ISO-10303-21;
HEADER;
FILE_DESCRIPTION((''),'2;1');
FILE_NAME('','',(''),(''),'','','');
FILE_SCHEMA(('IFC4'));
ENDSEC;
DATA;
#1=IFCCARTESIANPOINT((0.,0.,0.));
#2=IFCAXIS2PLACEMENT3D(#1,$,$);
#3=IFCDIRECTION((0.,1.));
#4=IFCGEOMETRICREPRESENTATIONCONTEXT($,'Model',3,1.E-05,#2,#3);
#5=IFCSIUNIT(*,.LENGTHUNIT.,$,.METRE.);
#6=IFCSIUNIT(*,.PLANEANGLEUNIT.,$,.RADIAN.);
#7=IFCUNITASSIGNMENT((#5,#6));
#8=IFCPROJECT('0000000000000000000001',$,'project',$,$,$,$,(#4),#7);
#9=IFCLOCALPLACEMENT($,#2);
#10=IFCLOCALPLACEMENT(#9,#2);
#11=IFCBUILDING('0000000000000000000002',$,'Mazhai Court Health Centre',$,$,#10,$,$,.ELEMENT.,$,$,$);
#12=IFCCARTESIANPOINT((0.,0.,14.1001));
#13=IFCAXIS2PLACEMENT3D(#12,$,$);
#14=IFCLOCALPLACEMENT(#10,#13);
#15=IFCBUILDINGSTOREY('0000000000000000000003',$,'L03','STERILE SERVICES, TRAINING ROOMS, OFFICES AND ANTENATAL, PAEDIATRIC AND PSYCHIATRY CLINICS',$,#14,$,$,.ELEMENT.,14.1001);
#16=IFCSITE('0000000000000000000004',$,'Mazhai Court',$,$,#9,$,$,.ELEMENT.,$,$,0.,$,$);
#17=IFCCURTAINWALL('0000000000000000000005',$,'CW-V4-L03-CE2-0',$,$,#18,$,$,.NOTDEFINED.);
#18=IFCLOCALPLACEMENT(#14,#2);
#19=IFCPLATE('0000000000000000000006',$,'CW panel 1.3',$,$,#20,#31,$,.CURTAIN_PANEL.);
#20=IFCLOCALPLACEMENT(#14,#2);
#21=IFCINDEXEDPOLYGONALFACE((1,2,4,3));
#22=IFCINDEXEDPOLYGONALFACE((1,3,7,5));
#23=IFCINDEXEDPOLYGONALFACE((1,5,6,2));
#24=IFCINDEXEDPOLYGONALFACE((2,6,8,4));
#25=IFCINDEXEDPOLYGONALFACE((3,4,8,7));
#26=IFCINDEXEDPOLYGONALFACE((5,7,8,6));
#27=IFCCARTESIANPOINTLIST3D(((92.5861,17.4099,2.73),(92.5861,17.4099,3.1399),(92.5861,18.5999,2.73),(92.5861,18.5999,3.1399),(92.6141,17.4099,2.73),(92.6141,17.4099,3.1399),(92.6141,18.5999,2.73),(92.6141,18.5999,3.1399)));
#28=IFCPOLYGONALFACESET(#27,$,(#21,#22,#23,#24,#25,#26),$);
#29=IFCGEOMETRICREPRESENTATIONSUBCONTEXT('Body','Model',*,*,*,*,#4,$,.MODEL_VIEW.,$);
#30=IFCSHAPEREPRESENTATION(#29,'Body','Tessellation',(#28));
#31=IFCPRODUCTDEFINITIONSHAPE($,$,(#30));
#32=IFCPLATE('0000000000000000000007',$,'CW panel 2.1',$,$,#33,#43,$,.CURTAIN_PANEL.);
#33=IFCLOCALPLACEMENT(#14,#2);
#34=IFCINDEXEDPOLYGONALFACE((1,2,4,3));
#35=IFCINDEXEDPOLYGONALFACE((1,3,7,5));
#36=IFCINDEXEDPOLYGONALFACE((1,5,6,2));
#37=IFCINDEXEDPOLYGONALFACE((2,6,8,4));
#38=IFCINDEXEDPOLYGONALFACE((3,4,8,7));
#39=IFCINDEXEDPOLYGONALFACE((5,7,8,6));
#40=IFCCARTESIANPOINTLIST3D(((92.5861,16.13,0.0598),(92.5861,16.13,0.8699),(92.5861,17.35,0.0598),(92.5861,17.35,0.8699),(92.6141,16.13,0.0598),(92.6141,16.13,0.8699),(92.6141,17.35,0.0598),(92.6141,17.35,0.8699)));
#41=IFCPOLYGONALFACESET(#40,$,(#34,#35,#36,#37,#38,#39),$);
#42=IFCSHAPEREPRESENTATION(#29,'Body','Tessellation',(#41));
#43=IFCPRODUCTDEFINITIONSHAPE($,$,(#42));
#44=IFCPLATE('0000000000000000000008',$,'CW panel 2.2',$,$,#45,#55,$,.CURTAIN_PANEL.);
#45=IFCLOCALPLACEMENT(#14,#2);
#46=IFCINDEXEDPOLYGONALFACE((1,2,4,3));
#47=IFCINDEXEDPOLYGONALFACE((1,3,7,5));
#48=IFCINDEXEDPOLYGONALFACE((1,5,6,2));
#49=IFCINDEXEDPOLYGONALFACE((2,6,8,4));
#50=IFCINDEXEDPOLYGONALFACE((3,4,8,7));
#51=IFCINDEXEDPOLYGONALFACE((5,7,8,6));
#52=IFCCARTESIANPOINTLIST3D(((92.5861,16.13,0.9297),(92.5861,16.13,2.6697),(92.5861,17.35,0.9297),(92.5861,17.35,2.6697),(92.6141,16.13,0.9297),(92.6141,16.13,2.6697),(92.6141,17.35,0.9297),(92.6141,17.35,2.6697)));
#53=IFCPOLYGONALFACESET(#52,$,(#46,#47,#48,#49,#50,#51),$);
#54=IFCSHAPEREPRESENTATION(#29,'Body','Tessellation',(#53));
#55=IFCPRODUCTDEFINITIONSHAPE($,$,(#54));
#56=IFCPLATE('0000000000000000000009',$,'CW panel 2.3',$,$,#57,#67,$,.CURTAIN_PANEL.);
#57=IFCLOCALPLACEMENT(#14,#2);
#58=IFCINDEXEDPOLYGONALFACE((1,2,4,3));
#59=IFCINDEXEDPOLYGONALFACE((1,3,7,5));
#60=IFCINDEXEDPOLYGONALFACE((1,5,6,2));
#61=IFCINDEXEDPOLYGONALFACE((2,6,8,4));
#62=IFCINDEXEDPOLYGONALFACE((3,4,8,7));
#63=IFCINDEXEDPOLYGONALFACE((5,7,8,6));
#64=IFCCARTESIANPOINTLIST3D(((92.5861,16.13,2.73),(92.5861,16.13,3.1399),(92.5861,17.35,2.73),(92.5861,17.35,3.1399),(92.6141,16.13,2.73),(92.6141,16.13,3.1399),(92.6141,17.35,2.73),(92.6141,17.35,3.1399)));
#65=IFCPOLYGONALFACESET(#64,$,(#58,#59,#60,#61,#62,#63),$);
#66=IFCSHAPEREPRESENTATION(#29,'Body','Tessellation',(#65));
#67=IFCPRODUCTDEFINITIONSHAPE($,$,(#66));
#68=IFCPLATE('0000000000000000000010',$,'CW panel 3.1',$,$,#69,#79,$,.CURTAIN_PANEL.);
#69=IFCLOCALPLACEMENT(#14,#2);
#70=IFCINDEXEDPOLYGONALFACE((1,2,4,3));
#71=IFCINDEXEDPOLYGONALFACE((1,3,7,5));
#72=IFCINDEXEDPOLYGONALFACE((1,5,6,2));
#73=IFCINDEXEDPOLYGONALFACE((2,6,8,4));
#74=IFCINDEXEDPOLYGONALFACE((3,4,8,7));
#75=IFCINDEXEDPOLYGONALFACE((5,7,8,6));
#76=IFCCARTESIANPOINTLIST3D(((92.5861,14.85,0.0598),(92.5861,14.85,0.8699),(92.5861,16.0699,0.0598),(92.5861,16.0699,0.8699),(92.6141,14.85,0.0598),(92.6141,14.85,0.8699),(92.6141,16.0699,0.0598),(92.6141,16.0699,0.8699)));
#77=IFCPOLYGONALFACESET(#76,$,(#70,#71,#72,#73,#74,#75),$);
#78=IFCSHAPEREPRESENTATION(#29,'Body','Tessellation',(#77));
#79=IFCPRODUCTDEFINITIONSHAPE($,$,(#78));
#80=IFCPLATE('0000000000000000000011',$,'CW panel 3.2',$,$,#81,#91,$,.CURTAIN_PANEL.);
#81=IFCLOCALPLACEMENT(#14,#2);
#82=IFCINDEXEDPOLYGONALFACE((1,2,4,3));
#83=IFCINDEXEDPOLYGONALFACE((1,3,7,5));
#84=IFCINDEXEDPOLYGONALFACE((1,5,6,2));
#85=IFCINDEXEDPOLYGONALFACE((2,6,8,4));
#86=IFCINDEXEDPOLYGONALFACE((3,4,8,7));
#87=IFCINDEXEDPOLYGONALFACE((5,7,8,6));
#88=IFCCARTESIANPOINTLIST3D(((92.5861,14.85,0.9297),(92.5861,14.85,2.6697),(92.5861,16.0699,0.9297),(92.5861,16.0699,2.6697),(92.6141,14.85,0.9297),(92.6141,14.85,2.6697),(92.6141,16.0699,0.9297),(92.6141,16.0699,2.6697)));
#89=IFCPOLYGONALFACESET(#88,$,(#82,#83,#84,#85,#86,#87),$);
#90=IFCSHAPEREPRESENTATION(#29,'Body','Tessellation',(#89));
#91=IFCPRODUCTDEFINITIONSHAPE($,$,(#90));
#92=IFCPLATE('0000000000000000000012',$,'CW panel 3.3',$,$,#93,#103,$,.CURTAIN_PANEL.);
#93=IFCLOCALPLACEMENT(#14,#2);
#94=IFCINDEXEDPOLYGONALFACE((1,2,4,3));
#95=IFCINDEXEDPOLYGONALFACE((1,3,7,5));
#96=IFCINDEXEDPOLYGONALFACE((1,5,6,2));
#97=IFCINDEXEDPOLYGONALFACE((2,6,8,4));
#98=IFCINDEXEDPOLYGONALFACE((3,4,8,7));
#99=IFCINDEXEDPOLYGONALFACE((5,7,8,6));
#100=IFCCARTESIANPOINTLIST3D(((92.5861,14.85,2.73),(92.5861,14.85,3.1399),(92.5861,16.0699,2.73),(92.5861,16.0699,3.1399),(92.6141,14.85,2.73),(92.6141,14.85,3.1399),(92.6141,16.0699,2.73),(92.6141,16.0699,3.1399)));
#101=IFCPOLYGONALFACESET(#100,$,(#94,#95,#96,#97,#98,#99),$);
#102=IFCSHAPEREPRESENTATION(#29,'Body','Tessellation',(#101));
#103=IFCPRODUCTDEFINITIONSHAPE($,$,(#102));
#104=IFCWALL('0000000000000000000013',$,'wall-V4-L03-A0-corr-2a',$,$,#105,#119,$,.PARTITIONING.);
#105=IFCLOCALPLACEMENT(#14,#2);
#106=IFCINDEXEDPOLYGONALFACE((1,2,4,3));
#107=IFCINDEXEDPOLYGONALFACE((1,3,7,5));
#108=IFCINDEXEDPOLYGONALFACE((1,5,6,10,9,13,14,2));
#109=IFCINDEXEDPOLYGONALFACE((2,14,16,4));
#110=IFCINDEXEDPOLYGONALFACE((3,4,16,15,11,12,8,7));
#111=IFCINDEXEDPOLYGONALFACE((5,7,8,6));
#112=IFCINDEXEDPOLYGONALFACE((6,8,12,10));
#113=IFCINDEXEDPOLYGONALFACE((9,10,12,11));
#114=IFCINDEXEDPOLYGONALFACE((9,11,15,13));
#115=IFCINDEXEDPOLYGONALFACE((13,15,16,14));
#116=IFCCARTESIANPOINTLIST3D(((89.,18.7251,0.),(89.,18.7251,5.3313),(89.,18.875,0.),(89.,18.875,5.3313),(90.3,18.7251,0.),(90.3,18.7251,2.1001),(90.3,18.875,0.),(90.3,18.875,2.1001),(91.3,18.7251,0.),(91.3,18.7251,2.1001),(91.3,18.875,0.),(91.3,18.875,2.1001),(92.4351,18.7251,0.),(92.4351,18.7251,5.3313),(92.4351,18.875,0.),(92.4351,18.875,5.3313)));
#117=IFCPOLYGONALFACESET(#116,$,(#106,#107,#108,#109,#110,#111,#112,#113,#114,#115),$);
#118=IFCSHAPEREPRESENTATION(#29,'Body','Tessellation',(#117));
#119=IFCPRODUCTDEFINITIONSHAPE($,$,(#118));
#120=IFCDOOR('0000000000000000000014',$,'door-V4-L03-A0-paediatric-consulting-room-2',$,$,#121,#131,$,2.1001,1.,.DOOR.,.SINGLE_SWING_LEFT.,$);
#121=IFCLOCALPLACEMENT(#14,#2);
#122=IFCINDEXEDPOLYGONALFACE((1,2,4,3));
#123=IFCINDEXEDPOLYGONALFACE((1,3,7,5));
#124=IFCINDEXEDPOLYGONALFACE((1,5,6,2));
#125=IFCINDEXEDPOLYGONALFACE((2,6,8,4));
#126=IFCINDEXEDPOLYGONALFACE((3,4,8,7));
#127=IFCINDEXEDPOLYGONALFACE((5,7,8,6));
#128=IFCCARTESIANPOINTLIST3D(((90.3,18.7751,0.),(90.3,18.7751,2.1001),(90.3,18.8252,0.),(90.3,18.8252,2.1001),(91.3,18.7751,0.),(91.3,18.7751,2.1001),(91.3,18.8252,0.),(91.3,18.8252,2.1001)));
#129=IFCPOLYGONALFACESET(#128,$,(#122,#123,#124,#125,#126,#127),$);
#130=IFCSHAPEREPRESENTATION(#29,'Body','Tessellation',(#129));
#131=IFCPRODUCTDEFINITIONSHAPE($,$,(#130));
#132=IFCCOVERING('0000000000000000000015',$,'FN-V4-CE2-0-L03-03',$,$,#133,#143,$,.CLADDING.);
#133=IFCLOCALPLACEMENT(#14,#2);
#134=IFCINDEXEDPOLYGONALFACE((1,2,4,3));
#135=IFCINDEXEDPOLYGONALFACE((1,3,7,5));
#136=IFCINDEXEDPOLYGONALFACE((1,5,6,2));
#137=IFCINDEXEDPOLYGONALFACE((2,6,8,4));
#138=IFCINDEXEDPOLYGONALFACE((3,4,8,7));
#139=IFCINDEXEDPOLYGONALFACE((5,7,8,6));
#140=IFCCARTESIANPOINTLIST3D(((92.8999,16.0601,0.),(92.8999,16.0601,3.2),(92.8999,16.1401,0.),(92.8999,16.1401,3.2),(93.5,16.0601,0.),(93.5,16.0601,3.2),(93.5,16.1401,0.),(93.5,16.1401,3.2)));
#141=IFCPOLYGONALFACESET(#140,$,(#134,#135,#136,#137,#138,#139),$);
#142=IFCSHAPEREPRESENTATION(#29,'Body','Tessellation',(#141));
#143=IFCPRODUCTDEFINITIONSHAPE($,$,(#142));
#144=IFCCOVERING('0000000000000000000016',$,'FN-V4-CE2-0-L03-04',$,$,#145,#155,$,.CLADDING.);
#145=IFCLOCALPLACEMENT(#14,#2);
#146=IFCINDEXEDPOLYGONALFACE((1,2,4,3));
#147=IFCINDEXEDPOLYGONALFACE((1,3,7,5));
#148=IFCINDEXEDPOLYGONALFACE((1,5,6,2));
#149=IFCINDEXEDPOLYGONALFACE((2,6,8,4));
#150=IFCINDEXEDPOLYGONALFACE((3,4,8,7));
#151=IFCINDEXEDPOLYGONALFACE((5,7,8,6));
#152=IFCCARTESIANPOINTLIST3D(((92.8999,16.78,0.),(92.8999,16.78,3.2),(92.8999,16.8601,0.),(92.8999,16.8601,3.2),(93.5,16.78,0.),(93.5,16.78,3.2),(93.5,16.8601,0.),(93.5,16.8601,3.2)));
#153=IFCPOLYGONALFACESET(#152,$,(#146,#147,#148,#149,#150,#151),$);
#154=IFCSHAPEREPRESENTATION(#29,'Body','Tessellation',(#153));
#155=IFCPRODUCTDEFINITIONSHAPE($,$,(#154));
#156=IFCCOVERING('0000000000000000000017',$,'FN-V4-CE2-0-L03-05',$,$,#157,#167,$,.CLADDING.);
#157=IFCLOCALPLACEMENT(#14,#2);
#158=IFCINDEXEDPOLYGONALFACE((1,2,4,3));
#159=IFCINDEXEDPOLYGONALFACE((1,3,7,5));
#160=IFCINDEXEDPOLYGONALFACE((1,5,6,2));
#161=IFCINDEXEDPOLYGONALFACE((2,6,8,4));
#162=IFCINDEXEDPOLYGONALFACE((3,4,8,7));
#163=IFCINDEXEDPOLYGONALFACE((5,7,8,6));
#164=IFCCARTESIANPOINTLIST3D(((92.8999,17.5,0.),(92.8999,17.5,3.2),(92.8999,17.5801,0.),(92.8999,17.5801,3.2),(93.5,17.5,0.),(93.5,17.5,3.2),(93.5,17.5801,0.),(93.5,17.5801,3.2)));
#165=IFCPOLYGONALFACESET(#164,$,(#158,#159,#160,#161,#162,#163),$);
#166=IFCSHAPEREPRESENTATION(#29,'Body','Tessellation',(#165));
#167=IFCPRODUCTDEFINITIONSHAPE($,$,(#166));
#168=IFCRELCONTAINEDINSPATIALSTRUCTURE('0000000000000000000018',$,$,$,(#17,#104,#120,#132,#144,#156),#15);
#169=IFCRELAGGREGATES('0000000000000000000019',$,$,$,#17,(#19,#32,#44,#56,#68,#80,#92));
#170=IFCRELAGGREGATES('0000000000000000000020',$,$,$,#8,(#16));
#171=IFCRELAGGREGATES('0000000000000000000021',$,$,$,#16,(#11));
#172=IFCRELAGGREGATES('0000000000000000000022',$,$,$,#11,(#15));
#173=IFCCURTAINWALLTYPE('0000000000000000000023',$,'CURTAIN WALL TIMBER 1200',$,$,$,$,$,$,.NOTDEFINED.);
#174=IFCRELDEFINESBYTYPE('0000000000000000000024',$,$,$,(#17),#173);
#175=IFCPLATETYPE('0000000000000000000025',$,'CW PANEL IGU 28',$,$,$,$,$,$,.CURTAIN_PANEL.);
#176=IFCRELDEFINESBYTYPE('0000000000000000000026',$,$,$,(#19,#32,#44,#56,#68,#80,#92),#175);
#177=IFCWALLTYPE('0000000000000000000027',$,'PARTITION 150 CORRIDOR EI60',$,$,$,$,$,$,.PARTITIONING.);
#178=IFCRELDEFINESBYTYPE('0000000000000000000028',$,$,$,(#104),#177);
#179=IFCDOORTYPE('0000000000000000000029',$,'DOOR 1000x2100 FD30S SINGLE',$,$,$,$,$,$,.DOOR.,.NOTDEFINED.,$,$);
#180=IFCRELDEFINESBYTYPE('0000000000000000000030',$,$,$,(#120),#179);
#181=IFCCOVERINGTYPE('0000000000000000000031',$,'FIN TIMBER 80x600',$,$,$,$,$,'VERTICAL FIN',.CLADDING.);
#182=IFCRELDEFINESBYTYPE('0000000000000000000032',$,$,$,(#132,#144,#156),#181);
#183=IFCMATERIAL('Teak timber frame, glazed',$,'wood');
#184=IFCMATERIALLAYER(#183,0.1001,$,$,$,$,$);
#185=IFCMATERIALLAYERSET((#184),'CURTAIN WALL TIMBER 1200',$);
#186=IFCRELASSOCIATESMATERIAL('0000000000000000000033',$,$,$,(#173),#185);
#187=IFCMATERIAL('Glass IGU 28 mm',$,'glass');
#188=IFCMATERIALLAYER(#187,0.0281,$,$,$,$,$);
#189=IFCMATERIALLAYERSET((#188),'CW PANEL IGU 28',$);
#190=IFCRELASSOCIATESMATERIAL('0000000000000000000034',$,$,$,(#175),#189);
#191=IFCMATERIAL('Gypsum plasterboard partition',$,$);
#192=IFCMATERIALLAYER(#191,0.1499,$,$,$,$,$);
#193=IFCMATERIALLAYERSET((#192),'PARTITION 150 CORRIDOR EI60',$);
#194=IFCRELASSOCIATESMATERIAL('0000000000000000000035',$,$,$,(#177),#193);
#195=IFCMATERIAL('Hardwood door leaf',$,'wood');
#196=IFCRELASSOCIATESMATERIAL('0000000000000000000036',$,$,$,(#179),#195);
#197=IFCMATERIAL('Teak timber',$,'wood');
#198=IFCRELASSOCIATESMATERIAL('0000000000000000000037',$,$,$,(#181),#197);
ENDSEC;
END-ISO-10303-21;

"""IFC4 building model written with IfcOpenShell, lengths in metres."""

from ifc_helpers import new_model, si_unit, direction, frame, frame_2d, origin, origin_2d, place, context, subcontext, project, spatial, rectangle, extrude, material, layer, layer_set, type_object, element, fill, aggregate, save


model = new_model("IFC4")

# Units and contexts
model_context = context("Model", 3, precision=1e-05, world=origin(), true_north=direction((0.0, 1.0)))
body_context = subcontext(model_context, "Body", "Model", "MODEL_VIEW")
ifc_project = project(units=[si_unit("LENGTHUNIT", "METRE"), si_unit("PLANEANGLEUNIT", "RADIAN")], contexts=[model_context])

# Site, building, storey
site_placement = place(None, origin())
site = spatial("IfcSite", under=ifc_project, at=site_placement, Name="Mazhai Court", CompositionType="ELEMENT", RefElevation=0.0)
building_placement = place(site_placement, origin())
building = spatial("IfcBuilding", under=site, at=building_placement, Name="Mazhai Court Health Centre", CompositionType="ELEMENT")
storey_placement = place(building_placement, frame((0.0, 0.0, 14.1001)))
storey = spatial("IfcBuildingStorey", under=building, at=storey_placement, Name="L03", Description="STERILE SERVICES, TRAINING ROOMS, OFFICES AND ANTENATAL, PAEDIATRIC AND PSYCHIATRY CLINICS", CompositionType="ELEMENT", Elevation=14.1001)

# Curtain wall
ifc_material_1 = material(Name="Teak timber frame, glazed", Category="wood")
ifc_layer_1 = layer(ifc_material_1, 0.1001)
ifc_layer_set_1 = layer_set([ifc_layer_1], Name="CURTAIN WALL TIMBER 1200")
curtain_wall_type = type_object("IfcCurtainWallType", Name="CURTAIN WALL TIMBER 1200", PredefinedType="NOTDEFINED", material=ifc_layer_set_1)
curtain_wall_1_placement = place(storey_placement, origin())
curtain_wall_1 = element("IfcCurtainWall", 1, at=curtain_wall_1_placement, inside=storey, type_object=curtain_wall_type, Name="CW-V4-L03-CE2-0", PredefinedType="NOTDEFINED")

# Plates
ifc_material_2 = material(Name="Glass IGU 28 mm", Category="glass")
ifc_layer_2 = layer(ifc_material_2, 0.0281)
ifc_layer_set_2 = layer_set([ifc_layer_2], Name="CW PANEL IGU 28")
plate_type = type_object("IfcPlateType", Name="CW PANEL IGU 28", PredefinedType="CURTAIN_PANEL", material=ifc_layer_set_2)
plate_1_placement = place(storey_placement, frame((92.6001, 18.0049, 2.73), z_axis=(0.0, 0.0, 1.0), x_axis=(0.0, -1.0, 0.0)))
plate_1 = element("IfcPlate", 2, at=plate_1_placement, type_object=plate_type, Name="CW panel 1.3", PredefinedType="CURTAIN_PANEL", context=body_context, shape_type="SweptSolid", body=[
    extrude(rectangle(XDim=1.1899, YDim=0.0281, at=origin_2d()), origin(), (0.0, 0.0, 1.0), 0.4099),
])
plate_2_placement = place(storey_placement, frame((92.6001, 16.74, 0.0598), z_axis=(0.0, 0.0, 1.0), x_axis=(0.0, -1.0, 0.0)))
plate_2 = element("IfcPlate", 3, at=plate_2_placement, type_object=plate_type, Name="CW panel 2.1", PredefinedType="CURTAIN_PANEL", context=body_context, shape_type="SweptSolid", body=[
    extrude(rectangle(XDim=1.22, YDim=0.0281, at=origin_2d()), origin(), (0.0, 0.0, 1.0), 0.8101),
])
plate_3_placement = place(storey_placement, frame((92.6001, 16.74, 0.9297), z_axis=(0.0, 0.0, 1.0), x_axis=(0.0, -1.0, 0.0)))
plate_3 = element("IfcPlate", 4, at=plate_3_placement, type_object=plate_type, Name="CW panel 2.2", PredefinedType="CURTAIN_PANEL", context=body_context, shape_type="SweptSolid", body=[
    extrude(rectangle(XDim=1.22, YDim=0.0281, at=origin_2d()), origin(), (0.0, 0.0, 1.0), 1.74),
])
plate_4_placement = place(storey_placement, frame((92.6001, 16.74, 2.73), z_axis=(0.0, 0.0, 1.0), x_axis=(0.0, -1.0, 0.0)))
plate_4 = element("IfcPlate", 5, at=plate_4_placement, type_object=plate_type, Name="CW panel 2.3", PredefinedType="CURTAIN_PANEL", context=body_context, shape_type="SweptSolid", body=[
    extrude(rectangle(XDim=1.22, YDim=0.0281, at=origin_2d()), origin(), (0.0, 0.0, 1.0), 0.4099),
])
plate_5_placement = place(storey_placement, frame((92.6001, 15.46, 0.0598), z_axis=(0.0, 0.0, 1.0), x_axis=(0.0, -1.0, 0.0)))
plate_5 = element("IfcPlate", 6, at=plate_5_placement, type_object=plate_type, Name="CW panel 3.1", PredefinedType="CURTAIN_PANEL", context=body_context, shape_type="SweptSolid", body=[
    extrude(rectangle(XDim=1.22, YDim=0.0281, at=origin_2d()), origin(), (0.0, 0.0, 1.0), 0.8101),
])
plate_6_placement = place(storey_placement, frame((92.6001, 15.46, 0.9297), z_axis=(0.0, 0.0, 1.0), x_axis=(0.0, -1.0, 0.0)))
plate_6 = element("IfcPlate", 7, at=plate_6_placement, type_object=plate_type, Name="CW panel 3.2", PredefinedType="CURTAIN_PANEL", context=body_context, shape_type="SweptSolid", body=[
    extrude(rectangle(XDim=1.22, YDim=0.0281, at=origin_2d()), origin(), (0.0, 0.0, 1.0), 1.74),
])
plate_7_placement = place(storey_placement, frame((92.6001, 15.46, 2.73), z_axis=(0.0, 0.0, 1.0), x_axis=(0.0, -1.0, 0.0)))
plate_7 = element("IfcPlate", 8, at=plate_7_placement, type_object=plate_type, Name="CW panel 3.3", PredefinedType="CURTAIN_PANEL", context=body_context, shape_type="SweptSolid", body=[
    extrude(rectangle(XDim=1.22, YDim=0.0281, at=origin_2d()), origin(), (0.0, 0.0, 1.0), 0.4099),
])
aggregate(curtain_wall_1, [plate_1, plate_2, plate_3, plate_4, plate_5, plate_6, plate_7])

# Wall, opening, door
ifc_material_3 = material(Name="Gypsum plasterboard partition")
ifc_layer_3 = layer(ifc_material_3, 0.1499)
ifc_layer_set_3 = layer_set([ifc_layer_3], Name="PARTITION 150 CORRIDOR EI60")
wall_type = type_object("IfcWallType", Name="PARTITION 150 CORRIDOR EI60", PredefinedType="PARTITIONING", material=ifc_layer_set_3)
wall_placement = place(storey_placement, frame((92.4351, 18.8, 0.0), z_axis=(0.0, 0.0, 1.0), x_axis=(-1.0, 0.0, 0.0)))
wall = element("IfcWall", 9, at=wall_placement, inside=storey, type_object=wall_type, Name="wall-V4-L03-A0-corr-2a", PredefinedType="PARTITIONING", context=body_context, shape_type="SweptSolid", body=[
    extrude(rectangle(XDim=3.4351, YDim=0.1499, at=frame_2d((1.7175, 0.0))), origin(), (0.0, 0.0, 1.0), 5.3313),
])
opening_placement = place(wall_placement, frame((1.135, 0.0, 0.0)))
opening = element("IfcOpeningElement", 10, at=opening_placement, cuts=wall, PredefinedType="OPENING", context=body_context, shape_type="SweptSolid", body=[
    extrude(rectangle(XDim=1.0, YDim=2.1001, at=frame_2d((0.5, 1.05))), frame((0.0, 0.085, 0.0), z_axis=(0.0, -1.0, 0.0), x_axis=(1.0, 0.0, 0.0)), (0.0, 0.0, 1.0), 0.1699),
])
ifc_material_4 = material(Name="Hardwood door leaf", Category="wood")
door_type = type_object("IfcDoorType", Name="DOOR 1000x2100 FD30S SINGLE", OperationType="NOTDEFINED", PredefinedType="DOOR", material=ifc_material_4)
door_placement = place(opening_placement, origin())
door = element("IfcDoor", 11, at=door_placement, inside=storey, type_object=door_type, Name="door-V4-L03-A0-paediatric-consulting-room-2", OperationType="SINGLE_SWING_LEFT", OverallHeight=2.1001, OverallWidth=1.0, PredefinedType="DOOR", context=body_context, shape_type="SweptSolid", body=[
    extrude(rectangle(XDim=1.0, YDim=2.1001, at=frame_2d((0.5, 1.05))), frame((0.0, 0.0249, 0.0), z_axis=(0.0, -1.0, 0.0), x_axis=(1.0, 0.0, 0.0)), (0.0, 0.0, 1.0), 0.05),
])
fill(opening, door)

# Coverings
ifc_material_5 = material(Name="Teak timber", Category="wood")
covering_type = type_object("IfcCoveringType", Name="FIN TIMBER 80x600", ElementType="VERTICAL FIN", PredefinedType="CLADDING", material=ifc_material_5)
for number, where, z_axis, x_axis, name in (
    (12, (93.2, 16.1001, 0.0), (0.0, 0.0, 1.0), (0.0, 1.0, 0.0), "FN-V4-CE2-0-L03-03"),
    (13, (93.2, 16.8201, 0.0), (0.0, 0.0, 1.0), (0.0, 1.0, 0.0), "FN-V4-CE2-0-L03-04"),
    (14, (93.2, 17.54, 0.0), (0.0, 0.0, 1.0), (0.0, 1.0, 0.0), "FN-V4-CE2-0-L03-05"),
):
    element("IfcCovering", number, at=place(storey_placement, frame(where, z_axis=z_axis, x_axis=x_axis)), inside=storey, type_object=covering_type, Name=name, PredefinedType="CLADDING", context=body_context, shape_type="SweptSolid", body=[
        extrude(rectangle(XDim=0.0801, YDim=0.6001, at=origin_2d()), origin(), (0.0, 0.0, 1.0), 3.2),
    ])

save(model, "model.ifc")
